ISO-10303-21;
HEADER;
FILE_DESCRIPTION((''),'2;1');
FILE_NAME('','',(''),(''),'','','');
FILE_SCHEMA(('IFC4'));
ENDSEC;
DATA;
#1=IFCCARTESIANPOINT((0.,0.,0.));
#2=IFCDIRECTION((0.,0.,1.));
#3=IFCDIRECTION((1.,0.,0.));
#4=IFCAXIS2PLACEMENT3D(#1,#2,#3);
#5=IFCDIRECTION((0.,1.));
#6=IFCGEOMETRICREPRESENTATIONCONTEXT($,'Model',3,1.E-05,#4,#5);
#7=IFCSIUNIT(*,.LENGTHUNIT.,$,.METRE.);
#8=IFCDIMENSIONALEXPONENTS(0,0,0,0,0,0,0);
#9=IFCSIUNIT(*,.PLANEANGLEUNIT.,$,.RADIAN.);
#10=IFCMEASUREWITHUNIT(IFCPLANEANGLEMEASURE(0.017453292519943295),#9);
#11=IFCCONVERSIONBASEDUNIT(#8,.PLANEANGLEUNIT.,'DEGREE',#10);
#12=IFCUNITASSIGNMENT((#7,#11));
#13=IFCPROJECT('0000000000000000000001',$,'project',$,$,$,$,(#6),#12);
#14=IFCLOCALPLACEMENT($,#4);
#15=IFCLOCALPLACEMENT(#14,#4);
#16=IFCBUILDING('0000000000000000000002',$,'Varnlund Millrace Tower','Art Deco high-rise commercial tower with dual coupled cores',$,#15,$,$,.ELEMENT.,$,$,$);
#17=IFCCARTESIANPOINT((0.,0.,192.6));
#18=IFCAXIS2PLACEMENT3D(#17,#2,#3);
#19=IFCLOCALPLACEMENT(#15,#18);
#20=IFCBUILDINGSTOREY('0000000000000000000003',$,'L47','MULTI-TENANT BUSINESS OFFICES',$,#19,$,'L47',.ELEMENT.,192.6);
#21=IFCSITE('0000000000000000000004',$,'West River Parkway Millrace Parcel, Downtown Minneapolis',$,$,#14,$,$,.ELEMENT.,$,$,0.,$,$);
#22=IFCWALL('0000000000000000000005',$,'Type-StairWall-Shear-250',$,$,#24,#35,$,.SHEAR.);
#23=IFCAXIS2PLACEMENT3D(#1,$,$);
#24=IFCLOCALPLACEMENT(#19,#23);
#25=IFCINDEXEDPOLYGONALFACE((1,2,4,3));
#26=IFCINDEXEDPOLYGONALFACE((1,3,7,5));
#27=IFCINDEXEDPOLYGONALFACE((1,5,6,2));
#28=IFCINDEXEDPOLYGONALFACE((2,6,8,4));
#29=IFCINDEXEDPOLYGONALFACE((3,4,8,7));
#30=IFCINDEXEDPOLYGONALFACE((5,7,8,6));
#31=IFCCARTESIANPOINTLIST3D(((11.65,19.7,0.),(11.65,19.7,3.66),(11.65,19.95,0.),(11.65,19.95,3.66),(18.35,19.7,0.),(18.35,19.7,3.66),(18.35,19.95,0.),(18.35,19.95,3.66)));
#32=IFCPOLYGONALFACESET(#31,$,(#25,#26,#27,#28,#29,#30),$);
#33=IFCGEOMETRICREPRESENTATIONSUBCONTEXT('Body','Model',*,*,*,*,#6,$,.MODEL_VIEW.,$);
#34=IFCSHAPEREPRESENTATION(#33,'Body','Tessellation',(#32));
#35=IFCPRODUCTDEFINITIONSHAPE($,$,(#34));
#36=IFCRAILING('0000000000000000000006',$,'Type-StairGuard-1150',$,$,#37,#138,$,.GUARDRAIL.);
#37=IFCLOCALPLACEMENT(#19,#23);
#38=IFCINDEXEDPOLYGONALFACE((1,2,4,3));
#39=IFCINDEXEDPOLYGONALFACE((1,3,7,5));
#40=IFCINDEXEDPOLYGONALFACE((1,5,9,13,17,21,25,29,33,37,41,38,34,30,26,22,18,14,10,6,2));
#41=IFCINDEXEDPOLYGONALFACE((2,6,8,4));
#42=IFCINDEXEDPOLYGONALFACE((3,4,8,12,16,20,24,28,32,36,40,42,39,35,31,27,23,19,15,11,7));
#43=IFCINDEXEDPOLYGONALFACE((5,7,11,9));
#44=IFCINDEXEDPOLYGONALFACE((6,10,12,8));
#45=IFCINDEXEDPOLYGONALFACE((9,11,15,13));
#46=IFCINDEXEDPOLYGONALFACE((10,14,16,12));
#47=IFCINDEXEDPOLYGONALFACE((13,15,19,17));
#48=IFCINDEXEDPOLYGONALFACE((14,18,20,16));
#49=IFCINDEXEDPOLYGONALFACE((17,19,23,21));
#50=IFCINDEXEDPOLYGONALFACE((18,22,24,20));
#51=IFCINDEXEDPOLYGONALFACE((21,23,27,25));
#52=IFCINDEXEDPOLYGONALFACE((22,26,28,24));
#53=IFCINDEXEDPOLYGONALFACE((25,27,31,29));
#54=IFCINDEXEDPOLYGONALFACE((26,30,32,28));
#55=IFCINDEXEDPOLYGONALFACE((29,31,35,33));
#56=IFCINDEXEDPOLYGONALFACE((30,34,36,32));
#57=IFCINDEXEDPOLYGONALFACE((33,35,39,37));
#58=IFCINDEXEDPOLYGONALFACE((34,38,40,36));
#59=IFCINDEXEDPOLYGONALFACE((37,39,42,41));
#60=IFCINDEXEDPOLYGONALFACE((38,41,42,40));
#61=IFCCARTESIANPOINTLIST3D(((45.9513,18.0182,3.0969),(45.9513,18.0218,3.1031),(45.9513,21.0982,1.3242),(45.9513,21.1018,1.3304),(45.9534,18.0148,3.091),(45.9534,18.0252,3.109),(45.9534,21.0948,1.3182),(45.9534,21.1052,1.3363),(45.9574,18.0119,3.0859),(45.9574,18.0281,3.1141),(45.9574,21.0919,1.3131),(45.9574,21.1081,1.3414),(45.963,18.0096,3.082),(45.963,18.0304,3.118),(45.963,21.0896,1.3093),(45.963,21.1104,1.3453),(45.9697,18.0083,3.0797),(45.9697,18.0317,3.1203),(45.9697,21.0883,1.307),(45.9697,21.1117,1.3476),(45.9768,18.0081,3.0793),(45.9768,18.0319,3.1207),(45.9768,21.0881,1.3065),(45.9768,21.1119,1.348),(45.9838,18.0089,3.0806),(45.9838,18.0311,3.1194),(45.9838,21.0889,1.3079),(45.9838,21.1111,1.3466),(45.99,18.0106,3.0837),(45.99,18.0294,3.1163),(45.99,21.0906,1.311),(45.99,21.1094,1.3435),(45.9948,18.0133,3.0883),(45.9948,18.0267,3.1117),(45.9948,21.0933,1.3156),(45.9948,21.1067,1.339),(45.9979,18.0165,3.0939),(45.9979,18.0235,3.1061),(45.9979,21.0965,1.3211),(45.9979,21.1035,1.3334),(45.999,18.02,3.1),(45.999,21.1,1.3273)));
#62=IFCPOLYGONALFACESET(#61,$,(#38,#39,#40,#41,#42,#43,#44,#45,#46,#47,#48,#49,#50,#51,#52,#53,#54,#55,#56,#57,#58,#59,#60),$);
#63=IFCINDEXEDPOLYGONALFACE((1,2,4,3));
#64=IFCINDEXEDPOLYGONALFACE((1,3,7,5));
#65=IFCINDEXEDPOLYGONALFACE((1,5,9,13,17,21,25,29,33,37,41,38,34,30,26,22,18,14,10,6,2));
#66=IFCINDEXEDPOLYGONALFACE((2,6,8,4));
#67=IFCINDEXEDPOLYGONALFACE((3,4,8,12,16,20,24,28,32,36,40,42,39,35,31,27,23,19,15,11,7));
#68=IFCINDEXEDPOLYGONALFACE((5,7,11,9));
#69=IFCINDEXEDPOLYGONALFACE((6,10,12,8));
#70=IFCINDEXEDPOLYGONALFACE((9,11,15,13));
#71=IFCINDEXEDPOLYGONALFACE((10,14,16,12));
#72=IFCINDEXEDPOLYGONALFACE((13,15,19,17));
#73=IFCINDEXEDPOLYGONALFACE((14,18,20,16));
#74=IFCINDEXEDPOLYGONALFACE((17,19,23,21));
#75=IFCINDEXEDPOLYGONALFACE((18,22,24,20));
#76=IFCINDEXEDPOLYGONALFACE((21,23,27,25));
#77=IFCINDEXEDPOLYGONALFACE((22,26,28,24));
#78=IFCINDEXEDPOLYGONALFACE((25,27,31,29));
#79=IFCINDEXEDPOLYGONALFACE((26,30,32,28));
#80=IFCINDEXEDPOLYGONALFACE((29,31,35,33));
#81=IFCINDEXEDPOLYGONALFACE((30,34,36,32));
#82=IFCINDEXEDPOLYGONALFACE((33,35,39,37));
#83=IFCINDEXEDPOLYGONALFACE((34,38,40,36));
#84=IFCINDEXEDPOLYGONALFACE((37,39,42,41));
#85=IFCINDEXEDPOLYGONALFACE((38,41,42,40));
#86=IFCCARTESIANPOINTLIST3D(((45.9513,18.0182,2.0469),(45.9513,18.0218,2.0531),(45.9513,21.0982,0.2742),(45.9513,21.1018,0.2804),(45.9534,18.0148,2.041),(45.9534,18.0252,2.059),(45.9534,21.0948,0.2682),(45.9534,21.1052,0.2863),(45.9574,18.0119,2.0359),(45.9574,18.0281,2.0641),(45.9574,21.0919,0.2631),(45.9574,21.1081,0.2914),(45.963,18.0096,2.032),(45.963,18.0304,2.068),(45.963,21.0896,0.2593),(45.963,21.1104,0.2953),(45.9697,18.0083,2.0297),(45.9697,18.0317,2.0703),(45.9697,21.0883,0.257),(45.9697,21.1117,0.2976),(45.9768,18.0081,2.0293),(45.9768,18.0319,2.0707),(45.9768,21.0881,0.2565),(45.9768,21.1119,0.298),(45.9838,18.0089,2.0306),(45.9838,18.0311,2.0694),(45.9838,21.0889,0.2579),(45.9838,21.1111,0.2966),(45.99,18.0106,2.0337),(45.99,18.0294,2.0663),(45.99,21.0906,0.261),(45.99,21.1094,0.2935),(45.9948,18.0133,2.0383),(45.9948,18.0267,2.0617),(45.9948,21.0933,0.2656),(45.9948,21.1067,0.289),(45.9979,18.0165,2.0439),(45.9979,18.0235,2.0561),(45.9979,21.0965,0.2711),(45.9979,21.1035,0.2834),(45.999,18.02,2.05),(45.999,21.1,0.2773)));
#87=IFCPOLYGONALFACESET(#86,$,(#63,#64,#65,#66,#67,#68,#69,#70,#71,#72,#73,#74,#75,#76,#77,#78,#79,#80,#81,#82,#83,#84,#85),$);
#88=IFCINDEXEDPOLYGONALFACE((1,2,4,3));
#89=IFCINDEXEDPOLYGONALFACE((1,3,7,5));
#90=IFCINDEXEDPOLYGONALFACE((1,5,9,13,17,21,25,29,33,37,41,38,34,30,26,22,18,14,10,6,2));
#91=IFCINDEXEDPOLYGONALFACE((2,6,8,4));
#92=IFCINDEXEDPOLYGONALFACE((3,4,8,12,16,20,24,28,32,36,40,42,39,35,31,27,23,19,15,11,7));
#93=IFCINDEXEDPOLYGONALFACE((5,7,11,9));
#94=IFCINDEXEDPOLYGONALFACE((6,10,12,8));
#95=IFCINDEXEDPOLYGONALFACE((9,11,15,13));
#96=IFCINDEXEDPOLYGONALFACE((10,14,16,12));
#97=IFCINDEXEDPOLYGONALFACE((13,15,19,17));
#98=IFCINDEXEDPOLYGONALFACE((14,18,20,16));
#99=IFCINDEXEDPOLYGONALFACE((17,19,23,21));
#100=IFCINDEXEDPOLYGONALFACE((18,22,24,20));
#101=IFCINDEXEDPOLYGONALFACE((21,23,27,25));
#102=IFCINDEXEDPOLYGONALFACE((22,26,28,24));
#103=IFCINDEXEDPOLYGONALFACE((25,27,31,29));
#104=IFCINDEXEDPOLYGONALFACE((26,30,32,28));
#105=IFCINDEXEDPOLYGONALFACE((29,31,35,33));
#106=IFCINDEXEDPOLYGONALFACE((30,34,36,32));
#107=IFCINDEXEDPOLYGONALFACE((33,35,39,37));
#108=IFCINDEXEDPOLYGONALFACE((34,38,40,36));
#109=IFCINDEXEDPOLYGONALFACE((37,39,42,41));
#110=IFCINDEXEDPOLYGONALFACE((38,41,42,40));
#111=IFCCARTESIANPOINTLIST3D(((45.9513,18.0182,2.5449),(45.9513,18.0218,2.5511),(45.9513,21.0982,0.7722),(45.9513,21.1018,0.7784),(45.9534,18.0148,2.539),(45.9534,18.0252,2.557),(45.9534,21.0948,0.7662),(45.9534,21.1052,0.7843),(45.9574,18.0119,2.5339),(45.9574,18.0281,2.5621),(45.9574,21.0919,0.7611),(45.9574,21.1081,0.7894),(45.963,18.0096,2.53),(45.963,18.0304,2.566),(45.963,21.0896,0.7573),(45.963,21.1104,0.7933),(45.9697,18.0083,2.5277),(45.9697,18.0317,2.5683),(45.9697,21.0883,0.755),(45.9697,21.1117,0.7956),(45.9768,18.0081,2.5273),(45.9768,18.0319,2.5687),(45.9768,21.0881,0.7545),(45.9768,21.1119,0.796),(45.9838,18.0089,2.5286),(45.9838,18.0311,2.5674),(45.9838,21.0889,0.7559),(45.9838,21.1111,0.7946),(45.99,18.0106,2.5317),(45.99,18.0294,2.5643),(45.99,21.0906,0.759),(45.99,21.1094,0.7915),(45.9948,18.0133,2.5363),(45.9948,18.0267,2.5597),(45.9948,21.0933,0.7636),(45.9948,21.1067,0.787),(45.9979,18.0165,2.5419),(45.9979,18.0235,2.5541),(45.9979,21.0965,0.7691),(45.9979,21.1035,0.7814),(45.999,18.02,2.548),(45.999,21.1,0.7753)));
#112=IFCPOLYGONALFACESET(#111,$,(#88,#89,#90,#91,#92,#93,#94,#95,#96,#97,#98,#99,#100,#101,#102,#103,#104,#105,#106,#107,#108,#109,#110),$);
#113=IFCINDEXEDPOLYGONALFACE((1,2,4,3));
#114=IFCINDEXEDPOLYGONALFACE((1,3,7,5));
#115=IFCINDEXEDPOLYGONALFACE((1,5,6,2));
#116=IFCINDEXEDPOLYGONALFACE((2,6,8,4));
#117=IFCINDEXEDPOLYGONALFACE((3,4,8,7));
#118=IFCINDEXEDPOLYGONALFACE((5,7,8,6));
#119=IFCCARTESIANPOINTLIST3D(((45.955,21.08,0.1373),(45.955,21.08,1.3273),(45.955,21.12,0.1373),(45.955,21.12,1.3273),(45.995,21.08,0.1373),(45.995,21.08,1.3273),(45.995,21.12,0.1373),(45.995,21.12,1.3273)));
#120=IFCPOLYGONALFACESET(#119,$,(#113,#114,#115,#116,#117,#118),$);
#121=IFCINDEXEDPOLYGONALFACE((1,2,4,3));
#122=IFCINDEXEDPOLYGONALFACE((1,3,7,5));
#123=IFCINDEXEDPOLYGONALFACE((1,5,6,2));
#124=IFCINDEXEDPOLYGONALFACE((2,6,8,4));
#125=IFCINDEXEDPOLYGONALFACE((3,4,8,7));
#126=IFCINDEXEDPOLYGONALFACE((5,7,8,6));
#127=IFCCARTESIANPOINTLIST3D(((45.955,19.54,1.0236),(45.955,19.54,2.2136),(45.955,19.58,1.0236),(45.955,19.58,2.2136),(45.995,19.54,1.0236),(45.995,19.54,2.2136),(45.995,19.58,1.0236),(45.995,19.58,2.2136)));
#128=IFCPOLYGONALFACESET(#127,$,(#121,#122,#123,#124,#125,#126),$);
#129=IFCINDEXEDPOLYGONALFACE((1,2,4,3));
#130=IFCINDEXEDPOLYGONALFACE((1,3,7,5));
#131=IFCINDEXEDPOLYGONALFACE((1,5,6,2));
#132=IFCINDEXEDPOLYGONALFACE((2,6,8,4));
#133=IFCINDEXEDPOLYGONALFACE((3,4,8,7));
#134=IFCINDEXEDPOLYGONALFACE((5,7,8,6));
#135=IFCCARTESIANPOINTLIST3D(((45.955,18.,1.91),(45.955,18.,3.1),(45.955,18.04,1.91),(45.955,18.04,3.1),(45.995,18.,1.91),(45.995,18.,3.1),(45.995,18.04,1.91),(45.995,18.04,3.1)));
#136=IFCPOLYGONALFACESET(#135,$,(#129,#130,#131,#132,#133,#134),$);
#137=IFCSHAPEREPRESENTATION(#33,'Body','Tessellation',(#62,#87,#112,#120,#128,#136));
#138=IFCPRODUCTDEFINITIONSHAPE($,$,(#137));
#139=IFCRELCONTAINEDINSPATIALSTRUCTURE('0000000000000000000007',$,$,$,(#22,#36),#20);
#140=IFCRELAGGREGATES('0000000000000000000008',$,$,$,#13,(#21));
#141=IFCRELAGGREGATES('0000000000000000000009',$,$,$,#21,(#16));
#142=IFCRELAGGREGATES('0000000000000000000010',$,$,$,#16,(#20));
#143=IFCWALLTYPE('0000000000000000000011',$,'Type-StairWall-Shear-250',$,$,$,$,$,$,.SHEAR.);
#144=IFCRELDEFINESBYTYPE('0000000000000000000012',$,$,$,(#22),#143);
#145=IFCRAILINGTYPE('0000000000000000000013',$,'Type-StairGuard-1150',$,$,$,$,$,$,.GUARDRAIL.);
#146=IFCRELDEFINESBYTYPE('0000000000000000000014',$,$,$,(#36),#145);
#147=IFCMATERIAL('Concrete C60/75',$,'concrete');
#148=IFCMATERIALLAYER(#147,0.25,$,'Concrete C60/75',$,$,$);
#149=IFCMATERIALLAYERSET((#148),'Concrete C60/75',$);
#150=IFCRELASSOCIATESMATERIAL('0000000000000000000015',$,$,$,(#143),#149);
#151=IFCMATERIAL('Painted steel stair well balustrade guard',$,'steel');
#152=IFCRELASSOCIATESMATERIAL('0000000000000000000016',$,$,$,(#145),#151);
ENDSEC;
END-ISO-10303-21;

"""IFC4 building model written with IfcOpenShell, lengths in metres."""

from ifc_helpers import new_model, entity, si_unit, converted_unit, direction, frame, origin_with_axes, origin_2d_with_axis, place, context, subcontext, project, spatial, polyline, rectangle, circle, outline, extrude, material, layer, layer_set, type_object, element, save


model = new_model("IFC4")

# Units and contexts
model_context = context("Model", 3, precision=1e-05, world=origin_with_axes(), true_north=direction((0.0, 1.0)))
body_context = subcontext(model_context, "Body", "Model", "MODEL_VIEW")
ifc_project = project(units=[si_unit("LENGTHUNIT", "METRE"), converted_unit("PLANEANGLEUNIT", "DEGREE", entity("IfcPlaneAngleMeasure", 0.017453292519943295), si_unit("PLANEANGLEUNIT", "RADIAN"), dimensions=[0, 0, 0, 0, 0, 0, 0])], contexts=[model_context])

# Site, building, storey
site_placement = place(None, origin_with_axes())
site = spatial("IfcSite", under=ifc_project, at=site_placement, Name="West River Parkway Millrace Parcel, Downtown Minneapolis", CompositionType="ELEMENT", RefElevation=0.0)
building_placement = place(site_placement, origin_with_axes())
building = spatial("IfcBuilding", under=site, at=building_placement, Name="Varnlund Millrace Tower", Description="Art Deco high-rise commercial tower with dual coupled cores", CompositionType="ELEMENT")
storey_placement = place(building_placement, frame((0.0, 0.0, 192.6), z_axis=(0.0, 0.0, 1.0), x_axis=(1.0, 0.0, 0.0)))
storey = spatial("IfcBuildingStorey", under=building, at=storey_placement, Name="L47", Description="MULTI-TENANT BUSINESS OFFICES", LongName="L47", CompositionType="ELEMENT", Elevation=192.6)

# Shared definitions
ifc_material_1 = material(Name="Concrete C60/75", Category="concrete")

# Wall
ifc_layer_1 = layer(ifc_material_1, 0.25, Name="Concrete C60/75")
ifc_layer_set_1 = layer_set([ifc_layer_1], Name="Concrete C60/75")
wall_type_1 = type_object("IfcWallType", Name="Type-StairWall-Shear-250", PredefinedType="SHEAR", material=ifc_layer_set_1)
wall_1_placement = place(storey_placement, frame((11.65, 19.825, 0.0), z_axis=(0.0, 0.0, 1.0), x_axis=(1.0, 0.0, 0.0)))
element("IfcWall", 1, at=wall_1_placement, inside=storey, type_object=wall_type_1, Name="Type-StairWall-Shear-250", PredefinedType="SHEAR", context=body_context, shape_type="SweptSolid", body=[
    extrude(outline(polyline([(0.0, -0.125), (6.7, -0.125), (6.7, 0.125), (0.0, 0.125), (0.0, -0.125)])), origin_with_axes(), (0.0, 0.0, 1.0), 3.66),
])

# Railing
ifc_material_2 = material(Name="Painted steel stair well balustrade guard", Category="steel")
railing_type_1 = type_object("IfcRailingType", Name="Type-StairGuard-1150", PredefinedType="GUARDRAIL", material=ifc_material_2)
railing_1_placement = place(storey_placement, frame((0.0, 0.0, -192.6), z_axis=(0.0, 0.0, 1.0), x_axis=(1.0, 0.0, 0.0)))
element("IfcRailing", 2, at=railing_1_placement, inside=storey, type_object=railing_type_1, Name="Type-StairGuard-1150", PredefinedType="GUARDRAIL", context=body_context, shape_type="SweptSolid", body=[
    extrude(circle(Radius=0.024, at=origin_2d_with_axis()), frame((45.975, 21.1, 193.9273), z_axis=(0.0, -0.866696, 0.498836), x_axis=(1.0, 0.0, 0.0)), (0.0, 0.0, 1.0), 3.5537),
    extrude(circle(Radius=0.024, at=origin_2d_with_axis()), frame((45.975, 21.1, 192.8773), z_axis=(0.0, -0.866696, 0.498836), x_axis=(1.0, 0.0, 0.0)), (0.0, 0.0, 1.0), 3.5537),
    extrude(circle(Radius=0.024, at=origin_2d_with_axis()), frame((45.975, 21.1, 193.3753), z_axis=(0.0, -0.866696, 0.498836), x_axis=(1.0, 0.0, 0.0)), (0.0, 0.0, 1.0), 3.5537),
    extrude(rectangle(XDim=0.04, YDim=0.04, at=origin_2d_with_axis()), frame((45.975, 21.1, 192.7373), z_axis=(0.0, 0.0, 1.0), x_axis=(1.0, 0.0, 0.0)), (0.0, 0.0, 1.0), 1.19),
    extrude(rectangle(XDim=0.04, YDim=0.04, at=origin_2d_with_axis()), frame((45.975, 19.56, 193.6236), z_axis=(0.0, 0.0, 1.0), x_axis=(1.0, 0.0, 0.0)), (0.0, 0.0, 1.0), 1.19),
    extrude(rectangle(XDim=0.04, YDim=0.04, at=origin_2d_with_axis()), frame((45.975, 18.02, 194.51), z_axis=(0.0, 0.0, 1.0), x_axis=(1.0, 0.0, 0.0)), (0.0, 0.0, 1.0), 1.19),
])

save(model, "model.ifc")
